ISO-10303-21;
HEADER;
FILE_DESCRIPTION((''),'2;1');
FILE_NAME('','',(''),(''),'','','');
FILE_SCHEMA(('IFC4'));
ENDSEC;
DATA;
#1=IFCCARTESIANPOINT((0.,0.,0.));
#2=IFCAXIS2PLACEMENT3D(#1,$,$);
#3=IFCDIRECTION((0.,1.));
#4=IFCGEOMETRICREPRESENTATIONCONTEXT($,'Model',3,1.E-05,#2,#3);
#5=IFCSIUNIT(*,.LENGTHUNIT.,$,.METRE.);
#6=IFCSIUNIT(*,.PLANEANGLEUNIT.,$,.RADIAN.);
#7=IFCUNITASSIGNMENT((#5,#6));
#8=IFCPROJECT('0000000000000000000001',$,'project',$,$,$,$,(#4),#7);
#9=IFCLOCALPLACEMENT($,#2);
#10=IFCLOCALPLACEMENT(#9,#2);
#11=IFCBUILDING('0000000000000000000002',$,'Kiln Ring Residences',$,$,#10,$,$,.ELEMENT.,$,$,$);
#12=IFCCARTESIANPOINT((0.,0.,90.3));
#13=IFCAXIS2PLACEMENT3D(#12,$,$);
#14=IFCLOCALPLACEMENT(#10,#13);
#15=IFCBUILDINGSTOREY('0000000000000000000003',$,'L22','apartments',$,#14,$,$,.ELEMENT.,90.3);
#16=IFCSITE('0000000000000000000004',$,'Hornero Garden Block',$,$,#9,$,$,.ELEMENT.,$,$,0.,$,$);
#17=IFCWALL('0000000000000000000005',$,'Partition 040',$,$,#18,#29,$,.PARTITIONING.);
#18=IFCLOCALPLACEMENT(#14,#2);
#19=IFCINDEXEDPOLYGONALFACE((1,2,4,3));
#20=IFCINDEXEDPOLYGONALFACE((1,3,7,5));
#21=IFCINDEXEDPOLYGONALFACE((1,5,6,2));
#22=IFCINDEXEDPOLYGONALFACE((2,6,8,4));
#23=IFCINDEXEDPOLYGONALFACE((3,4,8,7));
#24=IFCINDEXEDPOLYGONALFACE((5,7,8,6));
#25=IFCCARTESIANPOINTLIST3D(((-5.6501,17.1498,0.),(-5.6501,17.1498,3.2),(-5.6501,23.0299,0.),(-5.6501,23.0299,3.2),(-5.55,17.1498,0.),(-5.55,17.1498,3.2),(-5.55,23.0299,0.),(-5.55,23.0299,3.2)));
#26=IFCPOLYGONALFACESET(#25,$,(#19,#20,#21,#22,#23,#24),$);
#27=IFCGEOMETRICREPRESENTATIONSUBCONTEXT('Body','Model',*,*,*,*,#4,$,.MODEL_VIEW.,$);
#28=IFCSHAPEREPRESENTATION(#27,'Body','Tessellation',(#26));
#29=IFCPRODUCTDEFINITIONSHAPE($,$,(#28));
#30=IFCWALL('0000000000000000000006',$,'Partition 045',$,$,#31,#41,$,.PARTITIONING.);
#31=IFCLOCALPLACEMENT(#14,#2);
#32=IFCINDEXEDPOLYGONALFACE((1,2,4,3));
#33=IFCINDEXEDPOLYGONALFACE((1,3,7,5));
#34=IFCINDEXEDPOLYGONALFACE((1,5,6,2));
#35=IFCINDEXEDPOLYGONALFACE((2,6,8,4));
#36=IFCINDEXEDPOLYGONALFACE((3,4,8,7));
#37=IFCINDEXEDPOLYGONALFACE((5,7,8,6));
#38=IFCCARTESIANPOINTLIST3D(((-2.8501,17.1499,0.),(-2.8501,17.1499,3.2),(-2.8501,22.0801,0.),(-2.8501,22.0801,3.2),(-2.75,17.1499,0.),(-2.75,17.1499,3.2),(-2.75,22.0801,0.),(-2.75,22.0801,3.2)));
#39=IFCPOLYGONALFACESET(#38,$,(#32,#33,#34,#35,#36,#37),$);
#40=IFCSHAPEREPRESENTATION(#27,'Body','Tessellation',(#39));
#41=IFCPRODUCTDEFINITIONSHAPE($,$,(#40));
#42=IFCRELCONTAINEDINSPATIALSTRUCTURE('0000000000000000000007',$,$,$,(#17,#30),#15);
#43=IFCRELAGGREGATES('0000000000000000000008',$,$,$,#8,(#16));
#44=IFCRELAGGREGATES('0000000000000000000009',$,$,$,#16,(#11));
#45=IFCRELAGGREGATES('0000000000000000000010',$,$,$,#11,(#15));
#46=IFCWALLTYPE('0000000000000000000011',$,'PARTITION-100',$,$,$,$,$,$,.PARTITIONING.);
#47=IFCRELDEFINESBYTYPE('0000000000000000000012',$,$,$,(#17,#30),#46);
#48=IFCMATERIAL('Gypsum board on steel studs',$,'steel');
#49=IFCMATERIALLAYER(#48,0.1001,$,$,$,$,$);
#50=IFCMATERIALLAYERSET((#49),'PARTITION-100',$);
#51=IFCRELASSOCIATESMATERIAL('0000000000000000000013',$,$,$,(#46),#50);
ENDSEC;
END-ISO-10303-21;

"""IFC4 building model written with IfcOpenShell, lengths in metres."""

from ifc_helpers import new_model, si_unit, direction, frame, frame_2d, origin, place, context, subcontext, project, spatial, rectangle, extrude, material, layer, layer_set, type_object, element, save


model = new_model("IFC4")

# Units and contexts
model_context = context("Model", 3, precision=1e-05, world=origin(), true_north=direction((0.0, 1.0)))
body_context = subcontext(model_context, "Body", "Model", "MODEL_VIEW")
ifc_project = project(units=[si_unit("LENGTHUNIT", "METRE"), si_unit("PLANEANGLEUNIT", "RADIAN")], contexts=[model_context])

# Site, building, storey
site_placement = place(None, origin())
site = spatial("IfcSite", under=ifc_project, at=site_placement, Name="Hornero Garden Block", CompositionType="ELEMENT", RefElevation=0.0)
building_placement = place(site_placement, origin())
building = spatial("IfcBuilding", under=site, at=building_placement, Name="Kiln Ring Residences", CompositionType="ELEMENT")
storey_placement = place(building_placement, frame((0.0, 0.0, 90.3)))
storey = spatial("IfcBuildingStorey", under=building, at=storey_placement, Name="L22", Description="apartments", CompositionType="ELEMENT", Elevation=90.3)

# Walls
ifc_material_1 = material(Name="Gypsum board on steel studs", Category="steel")
ifc_layer_1 = layer(ifc_material_1, 0.1001)
ifc_layer_set_1 = layer_set([ifc_layer_1], Name="PARTITION-100")
wall_type_1 = type_object("IfcWallType", Name="PARTITION-100", PredefinedType="PARTITIONING", material=ifc_layer_set_1)
wall_1_placement = place(storey_placement, frame((-5.6001, 17.1499, 0.0), z_axis=(0.0, 0.0, 1.0), x_axis=(0.0, 1.0, 0.0)))
element("IfcWall", 1, at=wall_1_placement, inside=storey, type_object=wall_type_1, Name="Partition 040", PredefinedType="PARTITIONING", context=body_context, shape_type="SweptSolid", body=[
    extrude(rectangle(XDim=5.8801, YDim=0.1001, at=frame_2d((2.9399, 0.0))), origin(), (0.0, 0.0, 1.0), 3.2),
])
wall_2_placement = place(storey_placement, frame((-2.8, 17.1499, 0.0), z_axis=(0.0, 0.0, 1.0), x_axis=(0.0, 1.0, 0.0)))
element("IfcWall", 2, at=wall_2_placement, inside=storey, type_object=wall_type_1, Name="Partition 045", PredefinedType="PARTITIONING", context=body_context, shape_type="SweptSolid", body=[
    extrude(rectangle(XDim=4.9302, YDim=0.1001, at=frame_2d((2.4651, 0.0))), origin(), (0.0, 0.0, 1.0), 3.2),
])

save(model, "model.ifc")
